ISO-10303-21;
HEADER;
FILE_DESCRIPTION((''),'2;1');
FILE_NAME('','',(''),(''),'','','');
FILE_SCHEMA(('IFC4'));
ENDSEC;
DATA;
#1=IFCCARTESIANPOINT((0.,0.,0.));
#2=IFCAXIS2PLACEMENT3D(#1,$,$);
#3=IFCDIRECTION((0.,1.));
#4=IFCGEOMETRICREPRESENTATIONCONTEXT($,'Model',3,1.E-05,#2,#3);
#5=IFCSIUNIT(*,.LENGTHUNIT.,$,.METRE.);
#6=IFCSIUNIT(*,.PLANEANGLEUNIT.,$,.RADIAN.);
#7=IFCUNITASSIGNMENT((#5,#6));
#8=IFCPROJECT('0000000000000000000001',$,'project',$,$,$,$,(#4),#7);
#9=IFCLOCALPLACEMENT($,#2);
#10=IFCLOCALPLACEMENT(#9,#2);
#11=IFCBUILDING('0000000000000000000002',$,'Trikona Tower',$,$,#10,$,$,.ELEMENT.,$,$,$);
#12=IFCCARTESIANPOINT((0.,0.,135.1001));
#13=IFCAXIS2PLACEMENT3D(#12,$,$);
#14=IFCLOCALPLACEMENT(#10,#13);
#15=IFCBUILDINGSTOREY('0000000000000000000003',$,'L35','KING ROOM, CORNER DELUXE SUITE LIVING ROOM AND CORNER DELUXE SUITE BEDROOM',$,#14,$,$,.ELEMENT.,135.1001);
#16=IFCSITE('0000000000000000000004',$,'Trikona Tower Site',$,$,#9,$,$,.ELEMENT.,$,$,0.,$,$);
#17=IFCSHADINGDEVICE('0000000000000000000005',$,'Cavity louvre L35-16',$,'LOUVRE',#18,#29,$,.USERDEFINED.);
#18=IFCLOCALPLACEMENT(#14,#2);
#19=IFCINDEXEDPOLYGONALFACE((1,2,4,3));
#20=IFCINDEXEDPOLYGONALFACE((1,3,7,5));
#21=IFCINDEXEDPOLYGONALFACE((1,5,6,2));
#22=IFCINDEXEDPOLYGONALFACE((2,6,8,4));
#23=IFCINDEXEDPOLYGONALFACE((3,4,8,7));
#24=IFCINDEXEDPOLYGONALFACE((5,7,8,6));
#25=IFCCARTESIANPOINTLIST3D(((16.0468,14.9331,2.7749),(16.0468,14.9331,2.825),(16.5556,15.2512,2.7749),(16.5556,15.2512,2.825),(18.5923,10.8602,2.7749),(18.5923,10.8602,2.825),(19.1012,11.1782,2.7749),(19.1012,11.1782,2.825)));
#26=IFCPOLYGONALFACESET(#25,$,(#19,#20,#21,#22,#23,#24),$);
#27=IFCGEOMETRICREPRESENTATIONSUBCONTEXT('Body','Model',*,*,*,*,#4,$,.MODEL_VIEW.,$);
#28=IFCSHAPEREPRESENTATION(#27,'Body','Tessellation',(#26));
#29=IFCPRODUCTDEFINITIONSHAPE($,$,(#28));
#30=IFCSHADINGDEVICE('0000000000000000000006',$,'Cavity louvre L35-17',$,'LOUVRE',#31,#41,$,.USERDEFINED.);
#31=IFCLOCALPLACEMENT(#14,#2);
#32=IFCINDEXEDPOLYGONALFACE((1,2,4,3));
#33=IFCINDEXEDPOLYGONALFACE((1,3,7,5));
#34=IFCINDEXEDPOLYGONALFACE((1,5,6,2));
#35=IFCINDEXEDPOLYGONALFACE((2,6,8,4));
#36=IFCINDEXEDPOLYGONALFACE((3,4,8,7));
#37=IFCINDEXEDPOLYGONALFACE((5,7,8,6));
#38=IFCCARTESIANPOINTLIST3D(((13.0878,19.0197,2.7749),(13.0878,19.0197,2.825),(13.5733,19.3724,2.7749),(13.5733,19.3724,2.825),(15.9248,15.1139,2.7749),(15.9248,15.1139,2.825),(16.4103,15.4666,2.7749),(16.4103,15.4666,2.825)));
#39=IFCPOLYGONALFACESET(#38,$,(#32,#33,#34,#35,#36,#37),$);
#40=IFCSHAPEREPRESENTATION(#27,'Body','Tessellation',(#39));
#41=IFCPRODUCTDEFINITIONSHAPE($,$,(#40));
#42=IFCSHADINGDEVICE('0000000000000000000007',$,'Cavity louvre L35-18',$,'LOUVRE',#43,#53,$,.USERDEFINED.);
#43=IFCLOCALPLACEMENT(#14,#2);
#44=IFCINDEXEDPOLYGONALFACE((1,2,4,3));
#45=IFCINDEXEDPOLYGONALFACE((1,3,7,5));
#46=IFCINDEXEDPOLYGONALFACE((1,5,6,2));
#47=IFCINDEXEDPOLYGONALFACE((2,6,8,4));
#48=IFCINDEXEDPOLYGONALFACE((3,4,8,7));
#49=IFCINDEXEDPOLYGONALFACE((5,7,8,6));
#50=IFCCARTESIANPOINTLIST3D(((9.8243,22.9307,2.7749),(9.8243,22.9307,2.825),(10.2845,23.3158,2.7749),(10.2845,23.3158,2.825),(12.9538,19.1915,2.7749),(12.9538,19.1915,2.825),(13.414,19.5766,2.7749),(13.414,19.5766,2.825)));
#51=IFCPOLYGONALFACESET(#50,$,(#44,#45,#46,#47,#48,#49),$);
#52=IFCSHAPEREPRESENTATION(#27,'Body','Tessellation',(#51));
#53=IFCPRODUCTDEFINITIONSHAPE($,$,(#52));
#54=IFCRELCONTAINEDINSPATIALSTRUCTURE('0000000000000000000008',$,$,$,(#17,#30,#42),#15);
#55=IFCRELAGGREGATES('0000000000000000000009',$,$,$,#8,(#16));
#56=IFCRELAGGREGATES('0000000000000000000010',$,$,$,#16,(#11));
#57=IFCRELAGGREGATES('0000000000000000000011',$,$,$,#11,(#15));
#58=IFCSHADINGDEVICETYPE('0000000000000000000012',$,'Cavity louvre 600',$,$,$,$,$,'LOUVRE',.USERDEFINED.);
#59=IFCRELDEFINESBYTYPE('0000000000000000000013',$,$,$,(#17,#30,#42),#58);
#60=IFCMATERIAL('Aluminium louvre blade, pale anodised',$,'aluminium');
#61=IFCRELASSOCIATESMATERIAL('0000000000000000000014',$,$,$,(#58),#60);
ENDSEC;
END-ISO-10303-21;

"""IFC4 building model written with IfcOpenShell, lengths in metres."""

from ifc_helpers import new_model, si_unit, direction, frame, origin, origin_2d, place, context, subcontext, project, spatial, rectangle, extrude, material, type_object, element, save


model = new_model("IFC4")

# Units and contexts
model_context = context("Model", 3, precision=1e-05, world=origin(), true_north=direction((0.0, 1.0)))
body_context = subcontext(model_context, "Body", "Model", "MODEL_VIEW")
ifc_project = project(units=[si_unit("LENGTHUNIT", "METRE"), si_unit("PLANEANGLEUNIT", "RADIAN")], contexts=[model_context])

# Site, building, storey
site_placement = place(None, origin())
site = spatial("IfcSite", under=ifc_project, at=site_placement, Name="Trikona Tower Site", CompositionType="ELEMENT", RefElevation=0.0)
building_placement = place(site_placement, origin())
building = spatial("IfcBuilding", under=site, at=building_placement, Name="Trikona Tower", CompositionType="ELEMENT")
storey_placement = place(building_placement, frame((0.0, 0.0, 135.1001)))
storey = spatial("IfcBuildingStorey", under=building, at=storey_placement, Name="L35", Description="KING ROOM, CORNER DELUXE SUITE LIVING ROOM AND CORNER DELUXE SUITE BEDROOM", CompositionType="ELEMENT", Elevation=135.1001)

# Shading devices
ifc_material_1 = material(Name="Aluminium louvre blade, pale anodised", Category="aluminium")
shading_device_type = type_object("IfcShadingDeviceType", Name="Cavity louvre 600", ElementType="LOUVRE", PredefinedType="USERDEFINED", material=ifc_material_1)
shading_device_1_placement = place(storey_placement, frame((17.574, 13.0557, 2.7749), z_axis=(0.0, 0.0, 1.0), x_axis=(-0.529995, 0.848001, 0.0)))
element("IfcShadingDevice", 1, at=shading_device_1_placement, inside=storey, type_object=shading_device_type, Name="Cavity louvre L35-16", ObjectType="LOUVRE", PredefinedType="USERDEFINED", context=body_context, shape_type="SweptSolid", body=[
    extrude(rectangle(XDim=4.803, YDim=0.6001, at=origin_2d()), origin(), (0.0, 0.0, 1.0), 0.05),
])
shading_device_2_placement = place(storey_placement, frame((14.749, 17.2432, 2.7749), z_axis=(0.0, 0.0, 1.0), x_axis=(-0.587686, 0.809089, 0.0)))
element("IfcShadingDevice", 2, at=shading_device_2_placement, inside=storey, type_object=shading_device_type, Name="Cavity louvre L35-17", ObjectType="LOUVRE", PredefinedType="USERDEFINED", context=body_context, shape_type="SweptSolid", body=[
    extrude(rectangle(XDim=4.8274, YDim=0.6001, at=origin_2d()), origin(), (0.0, 0.0, 1.0), 0.05),
])
shading_device_3_placement = place(storey_placement, frame((11.6191, 21.2537, 2.7749), z_axis=(0.0, 0.0, 1.0), x_axis=(-0.641807, 0.766866, 0.0)))
element("IfcShadingDevice", 3, at=shading_device_3_placement, inside=storey, type_object=shading_device_type, Name="Cavity louvre L35-18", ObjectType="LOUVRE", PredefinedType="USERDEFINED", context=body_context, shape_type="SweptSolid", body=[
    extrude(rectangle(XDim=4.876, YDim=0.6001, at=origin_2d()), origin(), (0.0, 0.0, 1.0), 0.05),
])

save(model, "model.ifc")
